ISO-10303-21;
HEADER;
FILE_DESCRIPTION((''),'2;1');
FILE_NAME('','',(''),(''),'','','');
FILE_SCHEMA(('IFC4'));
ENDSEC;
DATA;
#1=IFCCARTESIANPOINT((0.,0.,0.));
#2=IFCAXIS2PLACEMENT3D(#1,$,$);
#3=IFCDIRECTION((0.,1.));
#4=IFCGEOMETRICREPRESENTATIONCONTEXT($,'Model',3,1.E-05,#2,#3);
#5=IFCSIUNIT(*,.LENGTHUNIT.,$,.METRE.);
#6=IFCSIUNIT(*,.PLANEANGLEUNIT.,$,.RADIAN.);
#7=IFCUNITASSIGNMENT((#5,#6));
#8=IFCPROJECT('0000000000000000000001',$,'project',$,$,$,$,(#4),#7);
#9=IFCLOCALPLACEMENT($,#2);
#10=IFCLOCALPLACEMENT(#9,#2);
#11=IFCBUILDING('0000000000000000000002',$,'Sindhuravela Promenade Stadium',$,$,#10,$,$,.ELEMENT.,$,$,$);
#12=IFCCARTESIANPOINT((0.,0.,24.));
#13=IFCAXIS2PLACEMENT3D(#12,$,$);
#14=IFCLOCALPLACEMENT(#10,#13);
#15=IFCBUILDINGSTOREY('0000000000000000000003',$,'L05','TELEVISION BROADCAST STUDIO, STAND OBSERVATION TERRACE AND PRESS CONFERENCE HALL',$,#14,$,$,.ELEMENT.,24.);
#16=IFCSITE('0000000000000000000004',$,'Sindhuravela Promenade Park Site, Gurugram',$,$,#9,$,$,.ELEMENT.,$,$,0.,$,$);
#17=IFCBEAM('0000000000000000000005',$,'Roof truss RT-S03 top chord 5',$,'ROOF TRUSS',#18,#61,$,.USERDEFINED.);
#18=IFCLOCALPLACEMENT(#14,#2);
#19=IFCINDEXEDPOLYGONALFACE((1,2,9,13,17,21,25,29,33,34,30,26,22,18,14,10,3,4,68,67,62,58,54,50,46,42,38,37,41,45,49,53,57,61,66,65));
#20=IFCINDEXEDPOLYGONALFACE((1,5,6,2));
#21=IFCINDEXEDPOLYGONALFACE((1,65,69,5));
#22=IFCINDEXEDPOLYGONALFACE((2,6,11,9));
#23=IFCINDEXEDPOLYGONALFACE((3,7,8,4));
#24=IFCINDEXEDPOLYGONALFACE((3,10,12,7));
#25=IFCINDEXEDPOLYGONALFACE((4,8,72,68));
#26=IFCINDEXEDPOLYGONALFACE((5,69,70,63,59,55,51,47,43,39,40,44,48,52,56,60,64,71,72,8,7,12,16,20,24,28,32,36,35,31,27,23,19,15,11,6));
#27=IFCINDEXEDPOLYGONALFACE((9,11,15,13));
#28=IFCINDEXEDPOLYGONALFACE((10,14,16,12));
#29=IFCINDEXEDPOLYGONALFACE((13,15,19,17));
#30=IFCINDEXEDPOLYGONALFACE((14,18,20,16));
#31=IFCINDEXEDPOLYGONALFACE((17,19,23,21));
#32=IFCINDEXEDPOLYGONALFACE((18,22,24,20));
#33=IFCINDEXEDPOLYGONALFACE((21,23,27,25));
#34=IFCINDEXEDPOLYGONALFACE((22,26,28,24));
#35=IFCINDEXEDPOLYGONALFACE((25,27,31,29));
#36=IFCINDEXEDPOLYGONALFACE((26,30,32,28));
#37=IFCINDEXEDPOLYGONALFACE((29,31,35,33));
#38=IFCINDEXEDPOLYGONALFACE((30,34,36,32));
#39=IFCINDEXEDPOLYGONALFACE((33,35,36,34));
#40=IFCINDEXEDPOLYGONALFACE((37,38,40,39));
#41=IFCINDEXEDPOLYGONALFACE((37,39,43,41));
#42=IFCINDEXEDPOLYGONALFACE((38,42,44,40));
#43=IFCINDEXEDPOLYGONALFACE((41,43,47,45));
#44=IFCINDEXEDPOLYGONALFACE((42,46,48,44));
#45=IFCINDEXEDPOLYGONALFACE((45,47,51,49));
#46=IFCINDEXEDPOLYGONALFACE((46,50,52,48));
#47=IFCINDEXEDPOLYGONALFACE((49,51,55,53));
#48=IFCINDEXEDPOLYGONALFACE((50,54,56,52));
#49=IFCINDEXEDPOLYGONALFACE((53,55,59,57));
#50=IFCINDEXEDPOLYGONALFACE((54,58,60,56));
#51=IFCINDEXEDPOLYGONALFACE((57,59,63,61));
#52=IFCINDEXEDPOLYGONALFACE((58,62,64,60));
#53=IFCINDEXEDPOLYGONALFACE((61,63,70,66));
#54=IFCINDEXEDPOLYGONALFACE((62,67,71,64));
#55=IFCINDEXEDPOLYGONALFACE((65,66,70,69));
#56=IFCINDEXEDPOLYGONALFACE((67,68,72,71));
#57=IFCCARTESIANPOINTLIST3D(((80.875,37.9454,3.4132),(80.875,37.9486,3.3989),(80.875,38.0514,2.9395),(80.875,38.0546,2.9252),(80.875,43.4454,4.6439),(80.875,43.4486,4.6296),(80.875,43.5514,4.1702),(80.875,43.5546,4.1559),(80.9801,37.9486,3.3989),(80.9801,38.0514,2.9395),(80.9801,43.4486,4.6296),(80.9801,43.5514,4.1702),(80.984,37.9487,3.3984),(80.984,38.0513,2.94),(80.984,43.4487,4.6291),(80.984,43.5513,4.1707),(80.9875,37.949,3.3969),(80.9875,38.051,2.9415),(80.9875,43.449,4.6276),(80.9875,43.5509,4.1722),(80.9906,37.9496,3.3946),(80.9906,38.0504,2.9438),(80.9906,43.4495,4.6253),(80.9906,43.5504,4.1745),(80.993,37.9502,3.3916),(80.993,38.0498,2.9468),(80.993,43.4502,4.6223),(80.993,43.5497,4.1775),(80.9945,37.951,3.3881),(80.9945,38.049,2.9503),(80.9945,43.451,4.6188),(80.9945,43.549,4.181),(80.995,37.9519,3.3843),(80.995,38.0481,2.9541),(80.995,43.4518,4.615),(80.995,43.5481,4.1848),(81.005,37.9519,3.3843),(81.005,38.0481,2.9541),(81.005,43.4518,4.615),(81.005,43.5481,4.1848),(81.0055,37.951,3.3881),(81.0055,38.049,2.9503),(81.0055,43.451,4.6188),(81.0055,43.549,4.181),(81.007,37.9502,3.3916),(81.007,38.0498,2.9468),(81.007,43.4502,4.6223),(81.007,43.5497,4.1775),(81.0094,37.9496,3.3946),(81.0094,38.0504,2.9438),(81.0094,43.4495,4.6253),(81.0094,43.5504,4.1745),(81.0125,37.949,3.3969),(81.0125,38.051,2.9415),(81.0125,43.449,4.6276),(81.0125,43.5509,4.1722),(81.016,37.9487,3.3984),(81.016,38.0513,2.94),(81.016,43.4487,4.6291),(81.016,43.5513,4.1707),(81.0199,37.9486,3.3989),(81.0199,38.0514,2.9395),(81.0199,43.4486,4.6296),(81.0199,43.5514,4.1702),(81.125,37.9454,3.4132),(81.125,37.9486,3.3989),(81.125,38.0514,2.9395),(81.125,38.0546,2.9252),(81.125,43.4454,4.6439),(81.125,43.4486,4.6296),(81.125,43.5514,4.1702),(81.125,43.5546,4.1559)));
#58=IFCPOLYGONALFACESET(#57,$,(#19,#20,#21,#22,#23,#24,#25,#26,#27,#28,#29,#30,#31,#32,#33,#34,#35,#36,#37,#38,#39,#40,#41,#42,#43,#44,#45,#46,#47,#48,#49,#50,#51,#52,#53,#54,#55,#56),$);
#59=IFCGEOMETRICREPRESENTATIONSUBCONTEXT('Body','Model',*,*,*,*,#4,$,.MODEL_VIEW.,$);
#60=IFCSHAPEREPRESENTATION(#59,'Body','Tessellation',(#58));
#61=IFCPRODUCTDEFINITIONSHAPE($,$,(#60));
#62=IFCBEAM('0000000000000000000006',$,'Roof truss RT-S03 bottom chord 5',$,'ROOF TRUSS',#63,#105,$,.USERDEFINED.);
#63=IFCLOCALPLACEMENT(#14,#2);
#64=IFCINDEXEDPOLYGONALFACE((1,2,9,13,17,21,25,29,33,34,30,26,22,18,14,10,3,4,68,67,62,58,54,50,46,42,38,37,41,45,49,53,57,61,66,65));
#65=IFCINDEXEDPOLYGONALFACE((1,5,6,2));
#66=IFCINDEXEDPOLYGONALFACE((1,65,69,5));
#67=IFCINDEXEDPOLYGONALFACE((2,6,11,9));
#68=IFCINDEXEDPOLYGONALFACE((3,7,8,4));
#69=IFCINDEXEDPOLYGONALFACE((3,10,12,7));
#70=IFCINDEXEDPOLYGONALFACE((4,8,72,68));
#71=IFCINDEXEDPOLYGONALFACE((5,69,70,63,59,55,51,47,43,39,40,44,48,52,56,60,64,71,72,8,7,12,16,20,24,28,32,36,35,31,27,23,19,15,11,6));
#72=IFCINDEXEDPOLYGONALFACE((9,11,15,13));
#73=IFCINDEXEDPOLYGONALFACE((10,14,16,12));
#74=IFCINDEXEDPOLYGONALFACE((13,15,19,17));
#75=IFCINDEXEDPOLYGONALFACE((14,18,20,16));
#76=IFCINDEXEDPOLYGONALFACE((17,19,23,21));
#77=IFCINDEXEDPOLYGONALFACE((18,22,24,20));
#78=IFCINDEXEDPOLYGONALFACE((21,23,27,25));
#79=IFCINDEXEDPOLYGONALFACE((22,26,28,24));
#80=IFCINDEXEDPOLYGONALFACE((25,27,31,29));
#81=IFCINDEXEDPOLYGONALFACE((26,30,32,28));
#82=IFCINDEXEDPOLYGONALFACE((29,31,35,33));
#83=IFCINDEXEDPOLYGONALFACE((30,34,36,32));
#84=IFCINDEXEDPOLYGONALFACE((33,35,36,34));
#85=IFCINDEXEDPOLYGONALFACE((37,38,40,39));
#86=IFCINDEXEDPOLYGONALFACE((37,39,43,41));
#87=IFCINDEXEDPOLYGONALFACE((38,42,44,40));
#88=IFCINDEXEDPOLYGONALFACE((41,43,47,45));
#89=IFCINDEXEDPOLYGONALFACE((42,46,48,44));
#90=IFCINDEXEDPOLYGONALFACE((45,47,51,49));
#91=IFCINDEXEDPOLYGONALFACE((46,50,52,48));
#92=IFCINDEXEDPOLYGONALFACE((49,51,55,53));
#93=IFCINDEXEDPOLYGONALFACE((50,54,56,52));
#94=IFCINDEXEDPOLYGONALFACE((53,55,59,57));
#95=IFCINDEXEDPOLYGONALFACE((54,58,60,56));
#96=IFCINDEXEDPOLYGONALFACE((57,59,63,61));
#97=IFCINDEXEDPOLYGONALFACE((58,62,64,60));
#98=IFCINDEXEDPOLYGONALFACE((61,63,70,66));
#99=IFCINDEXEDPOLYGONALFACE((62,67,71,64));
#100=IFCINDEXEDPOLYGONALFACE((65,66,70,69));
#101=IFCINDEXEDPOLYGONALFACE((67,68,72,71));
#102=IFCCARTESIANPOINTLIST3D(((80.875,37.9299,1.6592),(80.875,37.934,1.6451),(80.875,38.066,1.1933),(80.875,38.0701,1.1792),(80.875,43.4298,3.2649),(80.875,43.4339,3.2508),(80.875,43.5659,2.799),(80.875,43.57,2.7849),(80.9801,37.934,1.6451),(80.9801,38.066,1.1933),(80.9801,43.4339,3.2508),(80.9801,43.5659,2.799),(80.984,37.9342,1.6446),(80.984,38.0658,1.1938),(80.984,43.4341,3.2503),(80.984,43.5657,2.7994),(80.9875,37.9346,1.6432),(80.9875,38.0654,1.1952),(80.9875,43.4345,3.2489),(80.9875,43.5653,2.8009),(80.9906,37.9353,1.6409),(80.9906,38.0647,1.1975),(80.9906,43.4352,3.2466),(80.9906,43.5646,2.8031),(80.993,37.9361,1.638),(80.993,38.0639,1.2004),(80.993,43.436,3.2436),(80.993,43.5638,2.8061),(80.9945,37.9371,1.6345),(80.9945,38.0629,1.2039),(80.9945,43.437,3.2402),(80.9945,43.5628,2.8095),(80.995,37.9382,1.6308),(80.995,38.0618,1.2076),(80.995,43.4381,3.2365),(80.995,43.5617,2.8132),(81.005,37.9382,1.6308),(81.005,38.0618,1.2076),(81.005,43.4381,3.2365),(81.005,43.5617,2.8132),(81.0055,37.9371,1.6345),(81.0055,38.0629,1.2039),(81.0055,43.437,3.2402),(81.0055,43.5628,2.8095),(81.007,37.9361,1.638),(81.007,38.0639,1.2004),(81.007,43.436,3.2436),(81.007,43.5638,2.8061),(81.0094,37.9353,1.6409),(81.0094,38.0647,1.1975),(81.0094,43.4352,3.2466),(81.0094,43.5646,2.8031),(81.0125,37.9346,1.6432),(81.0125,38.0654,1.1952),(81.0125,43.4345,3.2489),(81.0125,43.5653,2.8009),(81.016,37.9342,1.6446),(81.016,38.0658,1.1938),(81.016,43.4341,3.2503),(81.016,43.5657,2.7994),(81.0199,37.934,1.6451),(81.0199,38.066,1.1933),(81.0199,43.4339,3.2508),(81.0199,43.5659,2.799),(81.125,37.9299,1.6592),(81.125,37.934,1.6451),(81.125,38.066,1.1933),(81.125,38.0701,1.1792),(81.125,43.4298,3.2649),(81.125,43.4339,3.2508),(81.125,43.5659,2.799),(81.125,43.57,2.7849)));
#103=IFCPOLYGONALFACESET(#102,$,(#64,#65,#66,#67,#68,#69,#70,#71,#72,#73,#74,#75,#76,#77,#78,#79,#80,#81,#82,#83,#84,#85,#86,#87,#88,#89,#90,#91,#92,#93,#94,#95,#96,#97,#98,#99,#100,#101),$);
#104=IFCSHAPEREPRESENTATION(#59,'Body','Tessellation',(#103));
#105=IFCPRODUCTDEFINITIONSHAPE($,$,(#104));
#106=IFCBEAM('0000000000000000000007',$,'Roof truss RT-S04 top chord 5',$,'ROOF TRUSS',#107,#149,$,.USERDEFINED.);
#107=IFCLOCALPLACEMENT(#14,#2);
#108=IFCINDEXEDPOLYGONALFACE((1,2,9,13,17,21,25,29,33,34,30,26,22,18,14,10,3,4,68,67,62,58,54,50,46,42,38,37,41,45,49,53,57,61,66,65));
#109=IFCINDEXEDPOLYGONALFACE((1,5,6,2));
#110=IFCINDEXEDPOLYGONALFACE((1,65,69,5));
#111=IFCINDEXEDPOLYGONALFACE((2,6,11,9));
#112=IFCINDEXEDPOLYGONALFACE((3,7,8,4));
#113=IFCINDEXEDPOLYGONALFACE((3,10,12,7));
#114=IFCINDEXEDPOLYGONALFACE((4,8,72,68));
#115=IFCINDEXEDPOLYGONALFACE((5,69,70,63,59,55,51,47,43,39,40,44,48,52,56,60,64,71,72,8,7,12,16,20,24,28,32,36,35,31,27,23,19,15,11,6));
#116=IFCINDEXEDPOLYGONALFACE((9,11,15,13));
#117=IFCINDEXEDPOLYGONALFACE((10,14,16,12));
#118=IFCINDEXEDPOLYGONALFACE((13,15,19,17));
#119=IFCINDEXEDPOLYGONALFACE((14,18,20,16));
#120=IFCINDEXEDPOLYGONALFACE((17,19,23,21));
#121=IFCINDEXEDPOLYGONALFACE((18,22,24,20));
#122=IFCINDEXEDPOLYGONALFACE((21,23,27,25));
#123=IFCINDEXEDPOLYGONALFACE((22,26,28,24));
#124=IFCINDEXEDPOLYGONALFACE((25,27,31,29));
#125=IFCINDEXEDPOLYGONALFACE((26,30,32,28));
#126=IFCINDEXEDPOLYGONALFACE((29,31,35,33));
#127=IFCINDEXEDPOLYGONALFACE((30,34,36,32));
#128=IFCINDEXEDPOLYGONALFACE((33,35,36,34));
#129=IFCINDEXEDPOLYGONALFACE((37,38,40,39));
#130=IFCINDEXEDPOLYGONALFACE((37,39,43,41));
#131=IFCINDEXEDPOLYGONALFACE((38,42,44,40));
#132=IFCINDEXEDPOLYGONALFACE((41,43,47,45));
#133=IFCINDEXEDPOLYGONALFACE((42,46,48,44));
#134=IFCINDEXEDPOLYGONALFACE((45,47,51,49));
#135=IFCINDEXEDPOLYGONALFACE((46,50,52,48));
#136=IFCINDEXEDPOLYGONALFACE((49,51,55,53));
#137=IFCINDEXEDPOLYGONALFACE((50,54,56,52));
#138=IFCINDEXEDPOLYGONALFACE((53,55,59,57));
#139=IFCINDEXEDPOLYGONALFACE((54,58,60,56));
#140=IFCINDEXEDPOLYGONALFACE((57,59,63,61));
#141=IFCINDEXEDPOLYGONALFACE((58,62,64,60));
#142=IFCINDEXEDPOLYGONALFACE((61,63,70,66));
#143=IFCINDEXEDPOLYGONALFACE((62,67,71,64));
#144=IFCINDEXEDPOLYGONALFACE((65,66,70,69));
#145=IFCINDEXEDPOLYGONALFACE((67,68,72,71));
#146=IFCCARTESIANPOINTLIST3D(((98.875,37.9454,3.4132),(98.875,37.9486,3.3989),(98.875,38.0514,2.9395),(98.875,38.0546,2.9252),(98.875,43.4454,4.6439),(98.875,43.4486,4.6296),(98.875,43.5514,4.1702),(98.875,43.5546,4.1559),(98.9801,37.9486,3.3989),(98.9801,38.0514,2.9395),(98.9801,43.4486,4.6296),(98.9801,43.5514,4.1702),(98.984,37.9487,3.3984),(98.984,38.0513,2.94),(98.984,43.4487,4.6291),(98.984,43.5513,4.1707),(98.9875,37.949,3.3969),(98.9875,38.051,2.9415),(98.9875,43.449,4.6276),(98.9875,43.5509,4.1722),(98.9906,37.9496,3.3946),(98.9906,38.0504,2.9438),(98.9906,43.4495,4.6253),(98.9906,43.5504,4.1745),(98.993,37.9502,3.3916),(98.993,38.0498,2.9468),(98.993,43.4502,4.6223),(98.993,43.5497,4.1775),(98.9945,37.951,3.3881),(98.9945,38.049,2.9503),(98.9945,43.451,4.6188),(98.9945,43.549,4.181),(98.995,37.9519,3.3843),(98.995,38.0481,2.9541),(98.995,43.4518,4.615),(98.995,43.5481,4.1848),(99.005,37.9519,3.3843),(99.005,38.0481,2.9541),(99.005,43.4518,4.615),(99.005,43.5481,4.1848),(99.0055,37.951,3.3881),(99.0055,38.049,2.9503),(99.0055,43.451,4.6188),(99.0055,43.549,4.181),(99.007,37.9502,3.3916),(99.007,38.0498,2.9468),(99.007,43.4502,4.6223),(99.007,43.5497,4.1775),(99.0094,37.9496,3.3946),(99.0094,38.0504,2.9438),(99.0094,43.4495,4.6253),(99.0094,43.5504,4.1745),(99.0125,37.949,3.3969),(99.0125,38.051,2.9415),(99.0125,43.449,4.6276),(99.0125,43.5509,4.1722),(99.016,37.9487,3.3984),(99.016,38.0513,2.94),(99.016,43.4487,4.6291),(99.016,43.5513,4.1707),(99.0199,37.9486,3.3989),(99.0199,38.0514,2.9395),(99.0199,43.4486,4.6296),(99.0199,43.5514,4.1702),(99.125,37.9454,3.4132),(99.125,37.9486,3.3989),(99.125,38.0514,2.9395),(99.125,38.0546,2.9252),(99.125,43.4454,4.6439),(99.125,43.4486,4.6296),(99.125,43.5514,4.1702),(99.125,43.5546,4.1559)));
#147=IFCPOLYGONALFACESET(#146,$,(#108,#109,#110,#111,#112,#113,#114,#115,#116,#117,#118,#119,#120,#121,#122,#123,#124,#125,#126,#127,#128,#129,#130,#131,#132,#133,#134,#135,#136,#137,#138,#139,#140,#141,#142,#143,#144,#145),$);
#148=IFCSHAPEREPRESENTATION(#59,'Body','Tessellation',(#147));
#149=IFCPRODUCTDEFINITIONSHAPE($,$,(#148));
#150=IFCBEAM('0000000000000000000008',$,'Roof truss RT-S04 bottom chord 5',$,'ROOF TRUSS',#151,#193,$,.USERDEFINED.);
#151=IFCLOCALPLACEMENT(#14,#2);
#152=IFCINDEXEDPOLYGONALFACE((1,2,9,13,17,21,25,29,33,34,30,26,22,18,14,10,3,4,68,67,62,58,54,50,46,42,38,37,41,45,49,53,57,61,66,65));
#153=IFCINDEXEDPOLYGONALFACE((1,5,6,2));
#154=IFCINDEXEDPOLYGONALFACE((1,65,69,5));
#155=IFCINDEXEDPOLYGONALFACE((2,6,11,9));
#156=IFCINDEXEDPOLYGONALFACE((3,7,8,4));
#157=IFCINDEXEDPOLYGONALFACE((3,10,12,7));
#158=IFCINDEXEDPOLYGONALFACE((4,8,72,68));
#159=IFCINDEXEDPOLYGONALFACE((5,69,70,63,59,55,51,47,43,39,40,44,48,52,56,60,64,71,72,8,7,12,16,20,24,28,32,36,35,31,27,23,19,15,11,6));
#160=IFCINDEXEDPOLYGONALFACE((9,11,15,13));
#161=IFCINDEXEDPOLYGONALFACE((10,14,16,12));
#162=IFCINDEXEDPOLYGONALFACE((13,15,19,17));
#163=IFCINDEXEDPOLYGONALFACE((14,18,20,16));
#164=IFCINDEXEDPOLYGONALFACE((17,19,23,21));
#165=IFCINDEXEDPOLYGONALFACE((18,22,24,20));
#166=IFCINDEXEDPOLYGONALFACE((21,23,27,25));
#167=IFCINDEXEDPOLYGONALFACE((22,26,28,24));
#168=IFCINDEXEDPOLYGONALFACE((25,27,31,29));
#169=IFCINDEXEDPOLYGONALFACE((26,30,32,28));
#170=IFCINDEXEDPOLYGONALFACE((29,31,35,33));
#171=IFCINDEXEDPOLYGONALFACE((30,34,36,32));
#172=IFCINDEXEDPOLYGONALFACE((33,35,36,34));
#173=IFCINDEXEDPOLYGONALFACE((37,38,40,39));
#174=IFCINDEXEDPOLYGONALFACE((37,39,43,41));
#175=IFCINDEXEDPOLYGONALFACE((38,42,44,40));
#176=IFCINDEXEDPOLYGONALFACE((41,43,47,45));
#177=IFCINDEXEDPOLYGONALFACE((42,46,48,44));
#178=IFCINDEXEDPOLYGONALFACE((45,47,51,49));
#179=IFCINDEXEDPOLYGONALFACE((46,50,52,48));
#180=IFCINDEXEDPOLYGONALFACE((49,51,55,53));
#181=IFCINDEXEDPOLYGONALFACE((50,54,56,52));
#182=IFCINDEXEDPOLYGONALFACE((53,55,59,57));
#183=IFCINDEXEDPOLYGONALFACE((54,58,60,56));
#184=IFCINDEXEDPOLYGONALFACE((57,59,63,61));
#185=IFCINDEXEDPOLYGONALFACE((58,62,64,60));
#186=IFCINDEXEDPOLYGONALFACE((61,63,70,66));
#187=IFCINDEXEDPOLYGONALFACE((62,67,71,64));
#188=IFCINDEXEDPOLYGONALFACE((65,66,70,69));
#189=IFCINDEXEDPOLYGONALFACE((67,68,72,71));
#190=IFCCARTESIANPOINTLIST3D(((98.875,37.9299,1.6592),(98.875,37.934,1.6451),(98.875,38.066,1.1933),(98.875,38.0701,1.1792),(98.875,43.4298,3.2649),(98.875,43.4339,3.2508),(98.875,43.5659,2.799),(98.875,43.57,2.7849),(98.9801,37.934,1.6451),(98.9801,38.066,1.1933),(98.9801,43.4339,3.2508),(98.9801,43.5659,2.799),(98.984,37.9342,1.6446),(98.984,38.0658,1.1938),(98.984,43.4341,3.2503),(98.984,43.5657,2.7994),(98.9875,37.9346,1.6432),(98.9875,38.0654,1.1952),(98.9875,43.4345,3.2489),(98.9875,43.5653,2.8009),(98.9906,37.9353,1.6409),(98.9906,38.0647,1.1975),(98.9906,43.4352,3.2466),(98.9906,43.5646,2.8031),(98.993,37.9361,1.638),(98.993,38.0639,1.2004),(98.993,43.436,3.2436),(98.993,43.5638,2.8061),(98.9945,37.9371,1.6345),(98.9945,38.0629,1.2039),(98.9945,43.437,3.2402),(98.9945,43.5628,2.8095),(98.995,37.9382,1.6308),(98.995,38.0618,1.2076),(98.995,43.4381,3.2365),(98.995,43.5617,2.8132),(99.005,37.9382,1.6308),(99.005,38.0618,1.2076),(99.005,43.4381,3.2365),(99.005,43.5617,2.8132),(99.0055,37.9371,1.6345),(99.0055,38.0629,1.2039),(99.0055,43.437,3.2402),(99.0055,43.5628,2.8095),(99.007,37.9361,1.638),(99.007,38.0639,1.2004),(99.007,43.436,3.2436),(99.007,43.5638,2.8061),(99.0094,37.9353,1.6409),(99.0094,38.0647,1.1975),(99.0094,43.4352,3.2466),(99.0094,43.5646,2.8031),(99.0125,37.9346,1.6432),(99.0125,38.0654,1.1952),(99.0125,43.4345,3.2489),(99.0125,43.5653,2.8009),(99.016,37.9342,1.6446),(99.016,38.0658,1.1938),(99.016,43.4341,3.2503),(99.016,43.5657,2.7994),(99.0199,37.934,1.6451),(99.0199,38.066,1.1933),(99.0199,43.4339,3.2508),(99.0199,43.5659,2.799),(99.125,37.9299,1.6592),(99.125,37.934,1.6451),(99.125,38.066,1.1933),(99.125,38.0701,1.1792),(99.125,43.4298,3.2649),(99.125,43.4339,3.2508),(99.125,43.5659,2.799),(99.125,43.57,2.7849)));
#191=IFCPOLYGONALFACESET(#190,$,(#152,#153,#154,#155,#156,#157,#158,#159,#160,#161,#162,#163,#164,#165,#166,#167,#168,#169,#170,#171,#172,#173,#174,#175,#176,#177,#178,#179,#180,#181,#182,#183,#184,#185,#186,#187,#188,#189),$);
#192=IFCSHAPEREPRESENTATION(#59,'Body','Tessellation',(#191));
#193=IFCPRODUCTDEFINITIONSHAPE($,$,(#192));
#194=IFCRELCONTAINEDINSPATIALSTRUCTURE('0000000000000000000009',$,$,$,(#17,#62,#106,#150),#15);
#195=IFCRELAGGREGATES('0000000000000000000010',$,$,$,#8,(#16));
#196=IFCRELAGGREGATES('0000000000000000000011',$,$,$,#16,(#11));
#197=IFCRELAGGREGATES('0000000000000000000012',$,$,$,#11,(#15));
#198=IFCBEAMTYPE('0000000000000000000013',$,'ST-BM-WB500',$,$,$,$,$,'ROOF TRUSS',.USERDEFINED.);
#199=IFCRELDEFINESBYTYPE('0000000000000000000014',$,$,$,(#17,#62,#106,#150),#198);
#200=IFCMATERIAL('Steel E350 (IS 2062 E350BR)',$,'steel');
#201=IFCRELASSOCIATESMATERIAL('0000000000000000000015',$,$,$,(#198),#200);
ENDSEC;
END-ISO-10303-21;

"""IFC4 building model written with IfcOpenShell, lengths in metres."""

from ifc_helpers import new_model, si_unit, direction, frame, origin, origin_2d, place, context, subcontext, project, spatial, i_section, extrude, material, material_profile, profile_set, type_object, element, save


model = new_model("IFC4")

# Units and contexts
model_context = context("Model", 3, precision=1e-05, world=origin(), true_north=direction((0.0, 1.0)))
body_context = subcontext(model_context, "Body", "Model", "MODEL_VIEW")
ifc_project = project(units=[si_unit("LENGTHUNIT", "METRE"), si_unit("PLANEANGLEUNIT", "RADIAN")], contexts=[model_context])

# Site, building, storey
site_placement = place(None, origin())
site = spatial("IfcSite", under=ifc_project, at=site_placement, Name="Sindhuravela Promenade Park Site, Gurugram", CompositionType="ELEMENT", RefElevation=0.0)
building_placement = place(site_placement, origin())
building = spatial("IfcBuilding", under=site, at=building_placement, Name="Sindhuravela Promenade Stadium", CompositionType="ELEMENT")
storey_placement = place(building_placement, frame((0.0, 0.0, 24.0)))
storey = spatial("IfcBuildingStorey", under=building, at=storey_placement, Name="L05", Description="TELEVISION BROADCAST STUDIO, STAND OBSERVATION TERRACE AND PRESS CONFERENCE HALL", CompositionType="ELEMENT", Elevation=24.0)

# Beams
ifc_material_1 = material(Name="Steel E350 (IS 2062 E350BR)", Category="steel")
ifc_material_profile_1 = material_profile(ifc_material_1, i_section(OverallWidth=0.25, OverallDepth=0.5, WebThickness=0.01, FlangeThickness=0.0146, FilletRadius=0.0149, at=origin_2d()), Name="ISWB 500")
ifc_profile_set_1 = profile_set([ifc_material_profile_1], Name="Steel E350 (IS 2062 E350BR)")
beam_type_1 = type_object("IfcBeamType", Name="ST-BM-WB500", ElementType="ROOF TRUSS", PredefinedType="USERDEFINED", material=ifc_profile_set_1)
beam_1_placement = place(storey_placement, frame((81.0, 38.0, 3.1692), z_axis=(0.0, 0.975867, 0.218366), x_axis=(-1.0, 0.0, 0.0)))
element("IfcBeam", 1, at=beam_1_placement, inside=storey, type_object=beam_type_1, Name="Roof truss RT-S03 top chord 5", ObjectType="ROOF TRUSS", PredefinedType="USERDEFINED", context=body_context, shape_type="SweptSolid", body=[
    extrude(i_section(OverallWidth=0.25, OverallDepth=0.5, WebThickness=0.01, FlangeThickness=0.0146, FilletRadius=0.0149, at=origin_2d()), origin(), (0.0, 0.0, 1.0), 5.636),
])
beam_2_placement = place(storey_placement, frame((81.0, 38.0, 1.4192), z_axis=(0.0, 0.959927, 0.280249), x_axis=(-1.0, 0.0, 0.0)))
element("IfcBeam", 2, at=beam_2_placement, inside=storey, type_object=beam_type_1, Name="Roof truss RT-S03 bottom chord 5", ObjectType="ROOF TRUSS", PredefinedType="USERDEFINED", context=body_context, shape_type="SweptSolid", body=[
    extrude(i_section(OverallWidth=0.25, OverallDepth=0.5, WebThickness=0.01, FlangeThickness=0.0146, FilletRadius=0.0149, at=origin_2d()), origin(), (0.0, 0.0, 1.0), 5.7295),
])
beam_3_placement = place(storey_placement, frame((99.0, 38.0, 3.1692), z_axis=(0.0, 0.975867, 0.218366), x_axis=(-1.0, 0.0, 0.0)))
element("IfcBeam", 3, at=beam_3_placement, inside=storey, type_object=beam_type_1, Name="Roof truss RT-S04 top chord 5", ObjectType="ROOF TRUSS", PredefinedType="USERDEFINED", context=body_context, shape_type="SweptSolid", body=[
    extrude(i_section(OverallWidth=0.25, OverallDepth=0.5, WebThickness=0.01, FlangeThickness=0.0146, FilletRadius=0.0149, at=origin_2d()), origin(), (0.0, 0.0, 1.0), 5.636),
])
beam_4_placement = place(storey_placement, frame((99.0, 38.0, 1.4192), z_axis=(0.0, 0.959927, 0.280249), x_axis=(-1.0, 0.0, 0.0)))
element("IfcBeam", 4, at=beam_4_placement, inside=storey, type_object=beam_type_1, Name="Roof truss RT-S04 bottom chord 5", ObjectType="ROOF TRUSS", PredefinedType="USERDEFINED", context=body_context, shape_type="SweptSolid", body=[
    extrude(i_section(OverallWidth=0.25, OverallDepth=0.5, WebThickness=0.01, FlangeThickness=0.0146, FilletRadius=0.0149, at=origin_2d()), origin(), (0.0, 0.0, 1.0), 5.7295),
])

save(model, "model.ifc")
